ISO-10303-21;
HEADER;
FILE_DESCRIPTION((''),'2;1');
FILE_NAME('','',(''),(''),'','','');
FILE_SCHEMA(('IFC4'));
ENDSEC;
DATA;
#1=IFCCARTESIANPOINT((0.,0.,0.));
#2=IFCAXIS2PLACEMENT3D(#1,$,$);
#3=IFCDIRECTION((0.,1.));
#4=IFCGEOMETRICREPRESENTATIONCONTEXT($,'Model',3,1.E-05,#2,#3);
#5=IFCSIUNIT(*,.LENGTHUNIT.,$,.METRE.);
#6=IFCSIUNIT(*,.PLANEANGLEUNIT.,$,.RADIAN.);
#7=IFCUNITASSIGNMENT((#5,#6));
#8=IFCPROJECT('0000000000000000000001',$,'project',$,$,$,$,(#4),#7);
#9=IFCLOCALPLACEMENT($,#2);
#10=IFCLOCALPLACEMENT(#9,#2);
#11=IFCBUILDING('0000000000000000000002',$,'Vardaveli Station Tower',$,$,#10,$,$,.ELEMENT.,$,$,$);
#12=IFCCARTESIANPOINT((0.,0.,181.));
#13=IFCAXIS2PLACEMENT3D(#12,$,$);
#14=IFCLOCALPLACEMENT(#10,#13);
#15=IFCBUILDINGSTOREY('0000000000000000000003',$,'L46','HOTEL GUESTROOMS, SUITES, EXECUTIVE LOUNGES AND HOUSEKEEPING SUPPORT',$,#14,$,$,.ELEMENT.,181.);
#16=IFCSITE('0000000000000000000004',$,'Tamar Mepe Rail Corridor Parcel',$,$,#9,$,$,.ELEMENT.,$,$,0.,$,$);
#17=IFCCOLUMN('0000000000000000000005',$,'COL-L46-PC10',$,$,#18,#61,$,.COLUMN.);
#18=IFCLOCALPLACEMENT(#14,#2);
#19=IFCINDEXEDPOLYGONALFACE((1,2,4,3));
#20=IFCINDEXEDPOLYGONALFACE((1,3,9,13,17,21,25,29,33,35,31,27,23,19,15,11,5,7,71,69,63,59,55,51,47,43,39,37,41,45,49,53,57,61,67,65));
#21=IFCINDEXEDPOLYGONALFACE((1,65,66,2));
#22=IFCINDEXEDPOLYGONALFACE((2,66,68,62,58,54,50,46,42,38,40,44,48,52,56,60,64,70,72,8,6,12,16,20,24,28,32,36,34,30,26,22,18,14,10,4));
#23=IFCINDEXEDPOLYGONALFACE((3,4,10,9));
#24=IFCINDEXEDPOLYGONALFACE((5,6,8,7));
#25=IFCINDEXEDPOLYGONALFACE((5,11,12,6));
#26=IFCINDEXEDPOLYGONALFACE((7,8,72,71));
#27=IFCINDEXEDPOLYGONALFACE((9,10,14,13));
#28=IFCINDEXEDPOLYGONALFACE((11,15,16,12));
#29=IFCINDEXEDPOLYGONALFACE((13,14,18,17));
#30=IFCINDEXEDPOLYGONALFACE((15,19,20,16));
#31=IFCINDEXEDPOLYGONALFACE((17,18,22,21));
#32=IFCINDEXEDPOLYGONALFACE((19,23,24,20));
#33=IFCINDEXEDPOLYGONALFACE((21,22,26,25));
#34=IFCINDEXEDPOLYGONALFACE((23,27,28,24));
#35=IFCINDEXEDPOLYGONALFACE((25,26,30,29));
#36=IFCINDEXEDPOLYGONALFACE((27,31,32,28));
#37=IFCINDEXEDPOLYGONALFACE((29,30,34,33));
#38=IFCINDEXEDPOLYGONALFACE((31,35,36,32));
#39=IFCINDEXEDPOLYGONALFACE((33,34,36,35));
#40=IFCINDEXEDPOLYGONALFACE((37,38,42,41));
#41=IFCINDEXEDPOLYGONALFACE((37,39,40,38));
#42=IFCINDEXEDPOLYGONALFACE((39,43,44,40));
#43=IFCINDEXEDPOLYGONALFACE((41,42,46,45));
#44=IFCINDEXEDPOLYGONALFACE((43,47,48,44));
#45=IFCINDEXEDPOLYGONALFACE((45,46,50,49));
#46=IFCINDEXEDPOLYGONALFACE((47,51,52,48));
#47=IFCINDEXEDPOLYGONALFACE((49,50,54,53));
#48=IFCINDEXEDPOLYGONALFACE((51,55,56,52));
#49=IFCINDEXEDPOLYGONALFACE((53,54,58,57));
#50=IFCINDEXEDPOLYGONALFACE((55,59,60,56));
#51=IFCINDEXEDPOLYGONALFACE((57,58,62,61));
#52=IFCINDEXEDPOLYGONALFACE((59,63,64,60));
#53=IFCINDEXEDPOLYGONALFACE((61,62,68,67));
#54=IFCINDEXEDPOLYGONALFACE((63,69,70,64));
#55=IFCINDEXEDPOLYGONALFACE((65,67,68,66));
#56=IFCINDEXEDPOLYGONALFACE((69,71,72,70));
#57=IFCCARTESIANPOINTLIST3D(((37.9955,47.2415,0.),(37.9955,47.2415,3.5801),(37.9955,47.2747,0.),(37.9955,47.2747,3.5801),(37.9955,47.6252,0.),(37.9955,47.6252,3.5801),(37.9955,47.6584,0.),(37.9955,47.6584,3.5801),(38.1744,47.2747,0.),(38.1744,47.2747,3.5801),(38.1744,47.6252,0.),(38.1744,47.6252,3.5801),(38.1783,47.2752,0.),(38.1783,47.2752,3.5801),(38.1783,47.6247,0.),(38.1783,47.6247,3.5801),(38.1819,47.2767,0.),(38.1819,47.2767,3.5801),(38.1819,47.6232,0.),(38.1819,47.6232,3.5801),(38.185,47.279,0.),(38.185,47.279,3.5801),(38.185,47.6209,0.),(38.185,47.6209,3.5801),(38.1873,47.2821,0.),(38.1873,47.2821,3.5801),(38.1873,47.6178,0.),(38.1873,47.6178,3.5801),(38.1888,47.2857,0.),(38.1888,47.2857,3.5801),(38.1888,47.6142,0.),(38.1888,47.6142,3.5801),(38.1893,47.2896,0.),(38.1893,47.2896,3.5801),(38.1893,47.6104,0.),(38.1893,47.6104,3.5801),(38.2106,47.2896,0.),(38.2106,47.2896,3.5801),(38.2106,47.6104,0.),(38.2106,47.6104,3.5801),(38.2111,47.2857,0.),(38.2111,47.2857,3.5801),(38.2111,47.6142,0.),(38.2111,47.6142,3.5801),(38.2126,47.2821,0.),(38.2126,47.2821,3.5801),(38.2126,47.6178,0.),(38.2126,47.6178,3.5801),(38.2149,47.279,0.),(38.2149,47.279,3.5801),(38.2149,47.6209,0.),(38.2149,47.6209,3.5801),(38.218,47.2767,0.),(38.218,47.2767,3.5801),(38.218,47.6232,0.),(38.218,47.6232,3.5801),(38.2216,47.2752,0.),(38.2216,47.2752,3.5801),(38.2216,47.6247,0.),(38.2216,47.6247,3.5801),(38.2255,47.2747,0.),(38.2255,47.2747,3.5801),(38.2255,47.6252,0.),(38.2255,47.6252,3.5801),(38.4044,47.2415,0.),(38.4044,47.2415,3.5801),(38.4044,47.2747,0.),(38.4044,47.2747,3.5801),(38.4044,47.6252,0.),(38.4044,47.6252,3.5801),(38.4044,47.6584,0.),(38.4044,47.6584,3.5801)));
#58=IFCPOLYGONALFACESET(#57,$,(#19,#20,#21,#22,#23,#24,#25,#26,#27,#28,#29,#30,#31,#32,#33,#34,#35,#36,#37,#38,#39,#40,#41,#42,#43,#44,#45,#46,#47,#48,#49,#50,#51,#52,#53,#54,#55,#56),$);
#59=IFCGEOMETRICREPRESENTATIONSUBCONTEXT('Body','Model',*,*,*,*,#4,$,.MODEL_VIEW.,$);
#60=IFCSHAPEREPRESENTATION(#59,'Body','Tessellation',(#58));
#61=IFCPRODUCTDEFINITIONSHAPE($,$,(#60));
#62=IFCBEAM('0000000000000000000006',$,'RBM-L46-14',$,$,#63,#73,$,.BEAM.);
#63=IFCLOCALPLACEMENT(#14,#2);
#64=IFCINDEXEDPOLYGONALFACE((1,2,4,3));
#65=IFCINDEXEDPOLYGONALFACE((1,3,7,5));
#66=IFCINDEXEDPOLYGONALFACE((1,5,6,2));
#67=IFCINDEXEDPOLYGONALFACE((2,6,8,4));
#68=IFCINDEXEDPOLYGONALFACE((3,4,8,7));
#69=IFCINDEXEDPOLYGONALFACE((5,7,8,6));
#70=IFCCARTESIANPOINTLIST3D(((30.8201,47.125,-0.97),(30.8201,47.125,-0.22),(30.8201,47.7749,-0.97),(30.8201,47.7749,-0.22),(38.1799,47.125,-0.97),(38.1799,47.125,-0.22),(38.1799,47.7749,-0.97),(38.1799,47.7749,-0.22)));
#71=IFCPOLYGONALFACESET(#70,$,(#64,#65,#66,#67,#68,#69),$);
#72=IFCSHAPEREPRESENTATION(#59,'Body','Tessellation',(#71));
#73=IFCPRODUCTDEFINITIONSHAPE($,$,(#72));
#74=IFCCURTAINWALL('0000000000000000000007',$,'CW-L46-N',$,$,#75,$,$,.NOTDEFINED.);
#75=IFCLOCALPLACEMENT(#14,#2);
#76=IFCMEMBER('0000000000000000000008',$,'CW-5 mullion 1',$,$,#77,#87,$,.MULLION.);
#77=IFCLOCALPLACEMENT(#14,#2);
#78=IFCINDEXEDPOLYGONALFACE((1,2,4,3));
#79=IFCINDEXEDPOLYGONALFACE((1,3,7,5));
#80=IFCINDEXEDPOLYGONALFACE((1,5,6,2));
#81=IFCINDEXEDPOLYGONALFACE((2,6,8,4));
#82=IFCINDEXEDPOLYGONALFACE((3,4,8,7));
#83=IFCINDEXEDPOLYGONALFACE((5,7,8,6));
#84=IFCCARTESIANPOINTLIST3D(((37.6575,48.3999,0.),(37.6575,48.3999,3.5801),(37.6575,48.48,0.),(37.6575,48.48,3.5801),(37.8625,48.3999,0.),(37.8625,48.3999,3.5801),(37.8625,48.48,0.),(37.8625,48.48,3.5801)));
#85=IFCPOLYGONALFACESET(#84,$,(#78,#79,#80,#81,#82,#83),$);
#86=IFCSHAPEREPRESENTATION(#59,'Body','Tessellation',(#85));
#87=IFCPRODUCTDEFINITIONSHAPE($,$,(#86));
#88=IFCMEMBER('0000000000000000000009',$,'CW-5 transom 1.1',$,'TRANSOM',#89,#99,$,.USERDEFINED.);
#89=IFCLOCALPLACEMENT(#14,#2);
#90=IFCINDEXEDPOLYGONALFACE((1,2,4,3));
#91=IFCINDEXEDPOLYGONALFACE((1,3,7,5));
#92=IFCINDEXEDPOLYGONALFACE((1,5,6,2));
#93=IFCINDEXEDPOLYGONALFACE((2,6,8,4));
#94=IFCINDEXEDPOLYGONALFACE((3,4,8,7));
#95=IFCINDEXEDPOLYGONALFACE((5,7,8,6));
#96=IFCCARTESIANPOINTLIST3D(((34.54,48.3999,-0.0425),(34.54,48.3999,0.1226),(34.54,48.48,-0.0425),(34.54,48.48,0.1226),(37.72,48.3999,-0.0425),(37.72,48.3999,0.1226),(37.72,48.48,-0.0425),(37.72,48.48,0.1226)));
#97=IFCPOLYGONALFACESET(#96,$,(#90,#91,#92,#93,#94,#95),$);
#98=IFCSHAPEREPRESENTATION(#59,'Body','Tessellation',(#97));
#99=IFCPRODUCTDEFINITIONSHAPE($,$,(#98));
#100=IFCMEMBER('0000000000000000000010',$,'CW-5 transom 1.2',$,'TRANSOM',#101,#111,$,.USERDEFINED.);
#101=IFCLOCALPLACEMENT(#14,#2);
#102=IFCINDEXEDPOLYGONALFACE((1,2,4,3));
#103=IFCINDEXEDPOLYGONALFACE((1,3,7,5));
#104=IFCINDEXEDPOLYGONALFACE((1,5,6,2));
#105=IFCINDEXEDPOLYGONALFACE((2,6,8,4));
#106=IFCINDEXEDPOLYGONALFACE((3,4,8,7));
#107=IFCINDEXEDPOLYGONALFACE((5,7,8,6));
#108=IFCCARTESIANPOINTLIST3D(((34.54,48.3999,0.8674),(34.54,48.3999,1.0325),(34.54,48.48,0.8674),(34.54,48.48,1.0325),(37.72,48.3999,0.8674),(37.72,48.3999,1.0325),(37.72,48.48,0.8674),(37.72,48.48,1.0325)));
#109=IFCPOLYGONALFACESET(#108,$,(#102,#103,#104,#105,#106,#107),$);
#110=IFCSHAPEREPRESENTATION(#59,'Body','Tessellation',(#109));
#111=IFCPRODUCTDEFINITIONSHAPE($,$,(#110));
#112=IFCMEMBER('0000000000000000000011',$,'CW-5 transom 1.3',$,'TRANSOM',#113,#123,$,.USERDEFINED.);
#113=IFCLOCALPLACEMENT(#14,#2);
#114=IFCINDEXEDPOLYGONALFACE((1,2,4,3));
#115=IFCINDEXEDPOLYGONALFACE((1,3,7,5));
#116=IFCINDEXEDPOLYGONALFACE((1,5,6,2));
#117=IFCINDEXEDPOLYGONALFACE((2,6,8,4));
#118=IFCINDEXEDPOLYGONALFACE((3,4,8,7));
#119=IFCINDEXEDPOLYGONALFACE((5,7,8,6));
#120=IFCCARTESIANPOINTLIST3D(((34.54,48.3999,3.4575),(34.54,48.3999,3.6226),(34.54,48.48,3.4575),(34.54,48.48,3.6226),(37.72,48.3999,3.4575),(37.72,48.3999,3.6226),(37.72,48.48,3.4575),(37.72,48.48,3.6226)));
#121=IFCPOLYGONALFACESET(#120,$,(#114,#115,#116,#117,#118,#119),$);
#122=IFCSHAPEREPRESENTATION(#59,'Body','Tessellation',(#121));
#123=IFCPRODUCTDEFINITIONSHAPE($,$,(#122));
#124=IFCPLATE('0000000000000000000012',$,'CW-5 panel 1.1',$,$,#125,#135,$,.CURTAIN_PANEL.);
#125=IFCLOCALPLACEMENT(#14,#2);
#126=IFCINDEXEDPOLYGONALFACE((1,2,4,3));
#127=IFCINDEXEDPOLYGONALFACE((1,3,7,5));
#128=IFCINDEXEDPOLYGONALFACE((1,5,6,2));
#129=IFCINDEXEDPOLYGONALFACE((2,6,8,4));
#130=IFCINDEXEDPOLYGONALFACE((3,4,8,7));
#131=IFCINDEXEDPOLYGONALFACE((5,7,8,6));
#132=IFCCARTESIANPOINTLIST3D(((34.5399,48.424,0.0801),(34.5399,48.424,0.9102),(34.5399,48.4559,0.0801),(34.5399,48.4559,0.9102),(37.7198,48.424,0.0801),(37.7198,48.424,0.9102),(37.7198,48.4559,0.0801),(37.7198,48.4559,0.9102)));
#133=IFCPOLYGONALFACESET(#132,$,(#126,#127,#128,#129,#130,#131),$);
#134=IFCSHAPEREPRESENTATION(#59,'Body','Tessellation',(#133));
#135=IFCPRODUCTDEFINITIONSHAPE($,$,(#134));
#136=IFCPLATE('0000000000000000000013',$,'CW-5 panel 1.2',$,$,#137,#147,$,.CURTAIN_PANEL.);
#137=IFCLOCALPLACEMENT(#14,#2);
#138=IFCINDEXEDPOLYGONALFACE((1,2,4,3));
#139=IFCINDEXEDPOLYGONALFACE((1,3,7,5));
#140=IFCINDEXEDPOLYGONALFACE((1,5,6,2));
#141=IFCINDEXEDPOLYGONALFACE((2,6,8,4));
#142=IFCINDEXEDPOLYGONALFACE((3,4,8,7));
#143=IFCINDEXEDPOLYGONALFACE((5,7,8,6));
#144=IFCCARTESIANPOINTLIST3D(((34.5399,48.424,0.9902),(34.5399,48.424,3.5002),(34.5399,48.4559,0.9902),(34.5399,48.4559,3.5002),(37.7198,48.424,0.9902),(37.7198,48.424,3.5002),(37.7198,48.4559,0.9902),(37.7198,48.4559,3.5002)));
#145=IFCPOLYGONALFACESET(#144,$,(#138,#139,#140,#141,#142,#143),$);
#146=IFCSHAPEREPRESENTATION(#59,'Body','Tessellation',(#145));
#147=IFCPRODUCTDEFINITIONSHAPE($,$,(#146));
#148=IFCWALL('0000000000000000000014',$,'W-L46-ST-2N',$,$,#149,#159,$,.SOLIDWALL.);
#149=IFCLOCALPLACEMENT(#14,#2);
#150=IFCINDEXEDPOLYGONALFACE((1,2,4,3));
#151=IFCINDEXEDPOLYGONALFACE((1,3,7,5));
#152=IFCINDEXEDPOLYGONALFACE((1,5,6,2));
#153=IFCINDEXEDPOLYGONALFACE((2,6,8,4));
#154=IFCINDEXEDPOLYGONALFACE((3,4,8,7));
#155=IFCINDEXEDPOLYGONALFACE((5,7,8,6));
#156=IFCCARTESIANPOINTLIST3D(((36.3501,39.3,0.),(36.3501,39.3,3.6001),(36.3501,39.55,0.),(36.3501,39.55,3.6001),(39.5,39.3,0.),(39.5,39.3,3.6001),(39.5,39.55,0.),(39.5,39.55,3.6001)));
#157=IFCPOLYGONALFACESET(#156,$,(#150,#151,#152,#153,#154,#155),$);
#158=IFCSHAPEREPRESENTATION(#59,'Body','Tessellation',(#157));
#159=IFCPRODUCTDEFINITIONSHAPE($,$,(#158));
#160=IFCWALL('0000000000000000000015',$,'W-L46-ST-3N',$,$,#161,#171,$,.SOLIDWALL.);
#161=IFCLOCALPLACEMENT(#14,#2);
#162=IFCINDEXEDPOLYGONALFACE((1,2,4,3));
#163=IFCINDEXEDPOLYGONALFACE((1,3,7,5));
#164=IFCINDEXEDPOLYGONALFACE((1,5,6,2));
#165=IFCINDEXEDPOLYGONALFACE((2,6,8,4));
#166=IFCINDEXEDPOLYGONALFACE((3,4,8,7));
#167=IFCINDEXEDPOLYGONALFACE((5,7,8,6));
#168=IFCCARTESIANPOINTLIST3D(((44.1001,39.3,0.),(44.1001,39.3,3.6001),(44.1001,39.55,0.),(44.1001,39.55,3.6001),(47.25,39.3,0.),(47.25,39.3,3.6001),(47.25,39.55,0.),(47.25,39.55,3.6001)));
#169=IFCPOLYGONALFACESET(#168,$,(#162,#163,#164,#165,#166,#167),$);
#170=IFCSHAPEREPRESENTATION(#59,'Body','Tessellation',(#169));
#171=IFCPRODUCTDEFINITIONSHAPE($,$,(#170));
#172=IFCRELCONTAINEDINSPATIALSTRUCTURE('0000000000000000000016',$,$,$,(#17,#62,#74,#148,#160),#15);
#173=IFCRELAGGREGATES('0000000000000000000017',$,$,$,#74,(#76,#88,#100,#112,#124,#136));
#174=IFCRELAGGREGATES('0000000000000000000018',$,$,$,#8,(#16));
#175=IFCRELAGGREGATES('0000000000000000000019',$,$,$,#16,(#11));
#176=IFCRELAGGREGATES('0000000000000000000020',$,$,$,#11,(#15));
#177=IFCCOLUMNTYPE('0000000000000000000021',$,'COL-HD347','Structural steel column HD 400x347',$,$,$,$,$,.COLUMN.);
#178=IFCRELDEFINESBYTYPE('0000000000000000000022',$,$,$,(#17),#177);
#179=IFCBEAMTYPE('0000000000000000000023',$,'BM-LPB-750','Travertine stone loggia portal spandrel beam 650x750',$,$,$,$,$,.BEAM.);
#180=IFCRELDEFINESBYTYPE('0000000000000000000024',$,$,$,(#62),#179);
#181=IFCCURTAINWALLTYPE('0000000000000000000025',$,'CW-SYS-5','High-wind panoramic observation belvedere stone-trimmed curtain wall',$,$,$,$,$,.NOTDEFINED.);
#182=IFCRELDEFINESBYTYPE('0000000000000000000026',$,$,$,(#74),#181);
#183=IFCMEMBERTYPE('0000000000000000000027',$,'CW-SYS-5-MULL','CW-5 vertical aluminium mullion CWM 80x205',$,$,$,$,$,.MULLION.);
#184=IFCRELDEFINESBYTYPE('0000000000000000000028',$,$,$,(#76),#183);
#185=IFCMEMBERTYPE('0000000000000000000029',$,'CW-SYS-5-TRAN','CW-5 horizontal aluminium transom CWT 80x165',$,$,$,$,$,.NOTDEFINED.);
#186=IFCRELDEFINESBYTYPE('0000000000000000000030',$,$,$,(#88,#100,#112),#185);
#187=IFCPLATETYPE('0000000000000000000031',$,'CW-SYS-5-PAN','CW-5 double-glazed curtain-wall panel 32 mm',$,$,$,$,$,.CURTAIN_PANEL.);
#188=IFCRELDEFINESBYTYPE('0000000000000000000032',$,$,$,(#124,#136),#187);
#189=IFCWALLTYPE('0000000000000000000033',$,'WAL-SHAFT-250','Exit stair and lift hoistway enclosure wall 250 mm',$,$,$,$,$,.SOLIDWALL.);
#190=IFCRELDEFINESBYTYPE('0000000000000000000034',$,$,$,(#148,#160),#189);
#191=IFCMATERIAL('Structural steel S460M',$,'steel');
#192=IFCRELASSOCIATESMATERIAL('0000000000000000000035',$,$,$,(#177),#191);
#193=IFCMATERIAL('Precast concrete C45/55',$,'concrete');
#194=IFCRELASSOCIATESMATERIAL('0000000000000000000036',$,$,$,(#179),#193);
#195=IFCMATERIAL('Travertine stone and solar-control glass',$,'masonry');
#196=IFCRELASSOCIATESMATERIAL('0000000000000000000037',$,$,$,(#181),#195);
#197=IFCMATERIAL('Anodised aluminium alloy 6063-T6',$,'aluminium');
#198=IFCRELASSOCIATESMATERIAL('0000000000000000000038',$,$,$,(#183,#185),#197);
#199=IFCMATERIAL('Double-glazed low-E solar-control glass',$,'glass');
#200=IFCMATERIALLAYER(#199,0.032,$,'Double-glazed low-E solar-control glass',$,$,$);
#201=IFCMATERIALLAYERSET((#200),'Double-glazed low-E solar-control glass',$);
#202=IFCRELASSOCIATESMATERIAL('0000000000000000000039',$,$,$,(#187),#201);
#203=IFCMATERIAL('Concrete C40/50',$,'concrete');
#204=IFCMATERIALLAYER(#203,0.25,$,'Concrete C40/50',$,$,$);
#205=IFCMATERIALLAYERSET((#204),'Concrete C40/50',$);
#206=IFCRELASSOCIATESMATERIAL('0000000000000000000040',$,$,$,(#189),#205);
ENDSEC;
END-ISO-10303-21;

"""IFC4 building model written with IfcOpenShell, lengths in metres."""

from ifc_helpers import new_model, si_unit, direction, frame, frame_2d, origin, origin_2d, place, context, subcontext, project, spatial, rectangle, i_section, extrude, source, transform, mapped, material, layer, layer_set, material_profile, profile_set, type_object, element, aggregate, save


model = new_model("IFC4")

# Units and contexts
model_context = context("Model", 3, precision=1e-05, world=origin(), true_north=direction((0.0, 1.0)))
body_context = subcontext(model_context, "Body", "Model", "MODEL_VIEW")
ifc_project = project(units=[si_unit("LENGTHUNIT", "METRE"), si_unit("PLANEANGLEUNIT", "RADIAN")], contexts=[model_context])

# Site, building, storey
site_placement = place(None, origin())
site = spatial("IfcSite", under=ifc_project, at=site_placement, Name="Tamar Mepe Rail Corridor Parcel", CompositionType="ELEMENT", RefElevation=0.0)
building_placement = place(site_placement, origin())
building = spatial("IfcBuilding", under=site, at=building_placement, Name="Vardaveli Station Tower", CompositionType="ELEMENT")
storey_placement = place(building_placement, frame((0.0, 0.0, 181.0)))
storey = spatial("IfcBuildingStorey", under=building, at=storey_placement, Name="L46", Description="HOTEL GUESTROOMS, SUITES, EXECUTIVE LOUNGES AND HOUSEKEEPING SUPPORT", CompositionType="ELEMENT", Elevation=181.0)

# Column
ifc_material_1 = material(Name="Structural steel S460M", Category="steel")
ifc_material_profile_1 = material_profile(ifc_material_1, i_section(OverallWidth=0.4089, OverallDepth=0.417, WebThickness=0.0212, FlangeThickness=0.0332, FilletRadius=0.0149, at=origin_2d()), Name="HD 400x347")
ifc_profile_set_1 = profile_set([ifc_material_profile_1], Name="Structural steel S460M")
column_type = type_object("IfcColumnType", Name="COL-HD347", Description="Structural steel column HD 400x347", PredefinedType="COLUMN", material=ifc_profile_set_1)
shared_shape_1 = source(origin(), body_context, "Body", "SweptSolid", [
    extrude(i_section(OverallWidth=0.4089, OverallDepth=0.417, WebThickness=0.0212, FlangeThickness=0.0332, FilletRadius=0.0149, at=origin_2d()), origin(), (0.0, 0.0, 1.0), 3.5801),
])
column_placement = place(storey_placement, frame((38.2, 47.45, 0.0), z_axis=(0.0, 0.0, 1.0), x_axis=(1.0, 0.0, 0.0)))
element("IfcColumn", 1, at=column_placement, inside=storey, type_object=column_type, Name="COL-L46-PC10", PredefinedType="COLUMN", context=body_context, shape_type="MappedRepresentation", body=[
    mapped(shared_shape_1, transform((0.0, 0.0, 0.0), scale=1.0)),
])

# Beam
ifc_material_2 = material(Name="Precast concrete C45/55", Category="concrete")
ifc_material_profile_2 = material_profile(ifc_material_2, rectangle(XDim=0.6499, YDim=0.75, at=origin_2d()), Name="LPB 650x750")
ifc_profile_set_2 = profile_set([ifc_material_profile_2], Name="Precast concrete C45/55")
beam_type = type_object("IfcBeamType", Name="BM-LPB-750", Description="Travertine stone loggia portal spandrel beam 650x750", PredefinedType="BEAM", material=ifc_profile_set_2)
shared_shape_2 = source(origin(), body_context, "Body", "SweptSolid", [
    extrude(rectangle(XDim=0.6499, YDim=0.75, at=origin_2d()), origin(), (0.0, 0.0, 1.0), 7.3599),
])
beam_placement = place(storey_placement, frame((38.1799, 47.45, -0.595), z_axis=(-1.0, 0.0, 0.0), x_axis=(0.0, -1.0, 0.0)))
element("IfcBeam", 2, at=beam_placement, inside=storey, type_object=beam_type, Name="RBM-L46-14", PredefinedType="BEAM", context=body_context, shape_type="MappedRepresentation", body=[
    mapped(shared_shape_2, transform((0.0, 0.0, 0.0), scale=1.0)),
])

# Curtain wall, members, plates
ifc_material_3 = material(Name="Travertine stone and solar-control glass", Category="masonry")
curtain_wall_type = type_object("IfcCurtainWallType", Name="CW-SYS-5", Description="High-wind panoramic observation belvedere stone-trimmed curtain wall", PredefinedType="NOTDEFINED", material=ifc_material_3)
curtain_wall_placement = place(storey_placement, origin())
curtain_wall = element("IfcCurtainWall", 3, at=curtain_wall_placement, inside=storey, type_object=curtain_wall_type, Name="CW-L46-N", PredefinedType="NOTDEFINED")
ifc_material_4 = material(Name="Anodised aluminium alloy 6063-T6", Category="aluminium")
ifc_material_profile_3 = material_profile(ifc_material_4, rectangle(XDim=0.0801, YDim=0.2051, at=origin_2d()), Name="CWM 80x205")
ifc_profile_set_3 = profile_set([ifc_material_profile_3], Name="Anodised aluminium alloy 6063-T6")
member_type_1 = type_object("IfcMemberType", Name="CW-SYS-5-MULL", Description="CW-5 vertical aluminium mullion CWM 80x205", PredefinedType="MULLION", material=ifc_profile_set_3)
shared_shape_3 = source(origin(), body_context, "Body", "SweptSolid", [
    extrude(rectangle(XDim=0.0801, YDim=0.2051, at=origin_2d()), origin(), (0.0, 0.0, 1.0), 3.5801),
])
member_1_placement = place(storey_placement, frame((37.76, 48.4399, 0.0), z_axis=(0.0, 0.0, 1.0), x_axis=(0.0, -1.0, 0.0)))
member_1 = element("IfcMember", 4, at=member_1_placement, type_object=member_type_1, Name="CW-5 mullion 1", PredefinedType="MULLION", context=body_context, shape_type="MappedRepresentation", body=[
    mapped(shared_shape_3, transform((0.0, 0.0, 0.0), scale=1.0)),
])
ifc_material_profile_4 = material_profile(ifc_material_4, rectangle(XDim=0.0801, YDim=0.165, at=origin_2d()), Name="CWT 80x165")
ifc_profile_set_4 = profile_set([ifc_material_profile_4], Name="Anodised aluminium alloy 6063-T6")
member_type_2 = type_object("IfcMemberType", Name="CW-SYS-5-TRAN", Description="CW-5 horizontal aluminium transom CWT 80x165", PredefinedType="NOTDEFINED", material=ifc_profile_set_4)
shared_shape_4 = source(origin(), body_context, "Body", "SweptSolid", [
    extrude(rectangle(XDim=0.0801, YDim=0.165, at=origin_2d()), origin(), (0.0, 0.0, 1.0), 3.1799),
])
member_2_placement = place(storey_placement, frame((37.72, 48.4399, 0.04), z_axis=(-1.0, 0.0, 0.0), x_axis=(0.0, -1.0, 0.0)))
member_2 = element("IfcMember", 5, at=member_2_placement, type_object=member_type_2, Name="CW-5 transom 1.1", ObjectType="TRANSOM", PredefinedType="USERDEFINED", context=body_context, shape_type="MappedRepresentation", body=[
    mapped(shared_shape_4, transform((0.0, 0.0, 0.0), scale=1.0)),
])
member_3_placement = place(storey_placement, frame((37.72, 48.4399, 0.95), z_axis=(-1.0, 0.0, 0.0), x_axis=(0.0, -1.0, 0.0)))
member_3 = element("IfcMember", 6, at=member_3_placement, type_object=member_type_2, Name="CW-5 transom 1.2", ObjectType="TRANSOM", PredefinedType="USERDEFINED", context=body_context, shape_type="MappedRepresentation", body=[
    mapped(shared_shape_4, transform((0.0, 0.0, 0.0), scale=1.0)),
])
member_4_placement = place(storey_placement, frame((37.72, 48.4399, 3.54), z_axis=(-1.0, 0.0, 0.0), x_axis=(0.0, -1.0, 0.0)))
member_4 = element("IfcMember", 7, at=member_4_placement, type_object=member_type_2, Name="CW-5 transom 1.3", ObjectType="TRANSOM", PredefinedType="USERDEFINED", context=body_context, shape_type="MappedRepresentation", body=[
    mapped(shared_shape_4, transform((0.0, 0.0, 0.0), scale=1.0)),
])
ifc_material_5 = material(Name="Double-glazed low-E solar-control glass", Category="glass")
ifc_layer_1 = layer(ifc_material_5, 0.032, Name="Double-glazed low-E solar-control glass")
ifc_layer_set_1 = layer_set([ifc_layer_1], Name="Double-glazed low-E solar-control glass")
plate_type = type_object("IfcPlateType", Name="CW-SYS-5-PAN", Description="CW-5 double-glazed curtain-wall panel 32 mm", PredefinedType="CURTAIN_PANEL", material=ifc_layer_set_1)
shared_shape_5 = source(origin(), body_context, "Body", "SweptSolid", [
    extrude(rectangle(XDim=3.1799, YDim=0.032, at=origin_2d()), origin(), (0.0, 0.0, 1.0), 0.8301),
])
plate_1_placement = place(storey_placement, frame((36.1299, 48.4399, 0.0801), z_axis=(0.0, 0.0, 1.0), x_axis=(-1.0, 0.0, 0.0)))
plate_1 = element("IfcPlate", 8, at=plate_1_placement, type_object=plate_type, Name="CW-5 panel 1.1", PredefinedType="CURTAIN_PANEL", context=body_context, shape_type="MappedRepresentation", body=[
    mapped(shared_shape_5, transform((0.0, 0.0, 0.0), scale=1.0)),
])
shared_shape_6 = source(origin(), body_context, "Body", "SweptSolid", [
    extrude(rectangle(XDim=3.1799, YDim=0.032, at=origin_2d()), origin(), (0.0, 0.0, 1.0), 2.51),
])
plate_2_placement = place(storey_placement, frame((36.1299, 48.4399, 0.9902), z_axis=(0.0, 0.0, 1.0), x_axis=(-1.0, 0.0, 0.0)))
plate_2 = element("IfcPlate", 9, at=plate_2_placement, type_object=plate_type, Name="CW-5 panel 1.2", PredefinedType="CURTAIN_PANEL", context=body_context, shape_type="MappedRepresentation", body=[
    mapped(shared_shape_6, transform((0.0, 0.0, 0.0), scale=1.0)),
])
aggregate(curtain_wall, [member_1, member_2, member_3, member_4, plate_1, plate_2])

# Walls
ifc_material_6 = material(Name="Concrete C40/50", Category="concrete")
ifc_layer_2 = layer(ifc_material_6, 0.25, Name="Concrete C40/50")
ifc_layer_set_2 = layer_set([ifc_layer_2], Name="Concrete C40/50")
wall_type_1 = type_object("IfcWallType", Name="WAL-SHAFT-250", Description="Exit stair and lift hoistway enclosure wall 250 mm", PredefinedType="SOLIDWALL", material=ifc_layer_set_2)
shared_shape_7 = source(origin(), body_context, "Body", "SweptSolid", [
    extrude(rectangle(XDim=3.1499, YDim=0.25, at=frame_2d((1.575, 0.0))), origin(), (0.0, 0.0, 1.0), 3.6001),
])
for number, where, z_axis, x_axis, name in (
    (10, (36.3501, 39.425, 0.0), (0.0, 0.0, 1.0), (1.0, 0.0, 0.0), "W-L46-ST-2N"),
    (11, (44.1001, 39.425, 0.0), (0.0, 0.0, 1.0), (1.0, 0.0, 0.0), "W-L46-ST-3N"),
):
    element("IfcWall", number, at=place(storey_placement, frame(where, z_axis=z_axis, x_axis=x_axis)), inside=storey, type_object=wall_type_1, Name=name, PredefinedType="SOLIDWALL", context=body_context, shape_type="MappedRepresentation", body=[
        mapped(shared_shape_7, transform((0.0, 0.0, 0.0), scale=1.0)),
    ])

save(model, "model.ifc")
